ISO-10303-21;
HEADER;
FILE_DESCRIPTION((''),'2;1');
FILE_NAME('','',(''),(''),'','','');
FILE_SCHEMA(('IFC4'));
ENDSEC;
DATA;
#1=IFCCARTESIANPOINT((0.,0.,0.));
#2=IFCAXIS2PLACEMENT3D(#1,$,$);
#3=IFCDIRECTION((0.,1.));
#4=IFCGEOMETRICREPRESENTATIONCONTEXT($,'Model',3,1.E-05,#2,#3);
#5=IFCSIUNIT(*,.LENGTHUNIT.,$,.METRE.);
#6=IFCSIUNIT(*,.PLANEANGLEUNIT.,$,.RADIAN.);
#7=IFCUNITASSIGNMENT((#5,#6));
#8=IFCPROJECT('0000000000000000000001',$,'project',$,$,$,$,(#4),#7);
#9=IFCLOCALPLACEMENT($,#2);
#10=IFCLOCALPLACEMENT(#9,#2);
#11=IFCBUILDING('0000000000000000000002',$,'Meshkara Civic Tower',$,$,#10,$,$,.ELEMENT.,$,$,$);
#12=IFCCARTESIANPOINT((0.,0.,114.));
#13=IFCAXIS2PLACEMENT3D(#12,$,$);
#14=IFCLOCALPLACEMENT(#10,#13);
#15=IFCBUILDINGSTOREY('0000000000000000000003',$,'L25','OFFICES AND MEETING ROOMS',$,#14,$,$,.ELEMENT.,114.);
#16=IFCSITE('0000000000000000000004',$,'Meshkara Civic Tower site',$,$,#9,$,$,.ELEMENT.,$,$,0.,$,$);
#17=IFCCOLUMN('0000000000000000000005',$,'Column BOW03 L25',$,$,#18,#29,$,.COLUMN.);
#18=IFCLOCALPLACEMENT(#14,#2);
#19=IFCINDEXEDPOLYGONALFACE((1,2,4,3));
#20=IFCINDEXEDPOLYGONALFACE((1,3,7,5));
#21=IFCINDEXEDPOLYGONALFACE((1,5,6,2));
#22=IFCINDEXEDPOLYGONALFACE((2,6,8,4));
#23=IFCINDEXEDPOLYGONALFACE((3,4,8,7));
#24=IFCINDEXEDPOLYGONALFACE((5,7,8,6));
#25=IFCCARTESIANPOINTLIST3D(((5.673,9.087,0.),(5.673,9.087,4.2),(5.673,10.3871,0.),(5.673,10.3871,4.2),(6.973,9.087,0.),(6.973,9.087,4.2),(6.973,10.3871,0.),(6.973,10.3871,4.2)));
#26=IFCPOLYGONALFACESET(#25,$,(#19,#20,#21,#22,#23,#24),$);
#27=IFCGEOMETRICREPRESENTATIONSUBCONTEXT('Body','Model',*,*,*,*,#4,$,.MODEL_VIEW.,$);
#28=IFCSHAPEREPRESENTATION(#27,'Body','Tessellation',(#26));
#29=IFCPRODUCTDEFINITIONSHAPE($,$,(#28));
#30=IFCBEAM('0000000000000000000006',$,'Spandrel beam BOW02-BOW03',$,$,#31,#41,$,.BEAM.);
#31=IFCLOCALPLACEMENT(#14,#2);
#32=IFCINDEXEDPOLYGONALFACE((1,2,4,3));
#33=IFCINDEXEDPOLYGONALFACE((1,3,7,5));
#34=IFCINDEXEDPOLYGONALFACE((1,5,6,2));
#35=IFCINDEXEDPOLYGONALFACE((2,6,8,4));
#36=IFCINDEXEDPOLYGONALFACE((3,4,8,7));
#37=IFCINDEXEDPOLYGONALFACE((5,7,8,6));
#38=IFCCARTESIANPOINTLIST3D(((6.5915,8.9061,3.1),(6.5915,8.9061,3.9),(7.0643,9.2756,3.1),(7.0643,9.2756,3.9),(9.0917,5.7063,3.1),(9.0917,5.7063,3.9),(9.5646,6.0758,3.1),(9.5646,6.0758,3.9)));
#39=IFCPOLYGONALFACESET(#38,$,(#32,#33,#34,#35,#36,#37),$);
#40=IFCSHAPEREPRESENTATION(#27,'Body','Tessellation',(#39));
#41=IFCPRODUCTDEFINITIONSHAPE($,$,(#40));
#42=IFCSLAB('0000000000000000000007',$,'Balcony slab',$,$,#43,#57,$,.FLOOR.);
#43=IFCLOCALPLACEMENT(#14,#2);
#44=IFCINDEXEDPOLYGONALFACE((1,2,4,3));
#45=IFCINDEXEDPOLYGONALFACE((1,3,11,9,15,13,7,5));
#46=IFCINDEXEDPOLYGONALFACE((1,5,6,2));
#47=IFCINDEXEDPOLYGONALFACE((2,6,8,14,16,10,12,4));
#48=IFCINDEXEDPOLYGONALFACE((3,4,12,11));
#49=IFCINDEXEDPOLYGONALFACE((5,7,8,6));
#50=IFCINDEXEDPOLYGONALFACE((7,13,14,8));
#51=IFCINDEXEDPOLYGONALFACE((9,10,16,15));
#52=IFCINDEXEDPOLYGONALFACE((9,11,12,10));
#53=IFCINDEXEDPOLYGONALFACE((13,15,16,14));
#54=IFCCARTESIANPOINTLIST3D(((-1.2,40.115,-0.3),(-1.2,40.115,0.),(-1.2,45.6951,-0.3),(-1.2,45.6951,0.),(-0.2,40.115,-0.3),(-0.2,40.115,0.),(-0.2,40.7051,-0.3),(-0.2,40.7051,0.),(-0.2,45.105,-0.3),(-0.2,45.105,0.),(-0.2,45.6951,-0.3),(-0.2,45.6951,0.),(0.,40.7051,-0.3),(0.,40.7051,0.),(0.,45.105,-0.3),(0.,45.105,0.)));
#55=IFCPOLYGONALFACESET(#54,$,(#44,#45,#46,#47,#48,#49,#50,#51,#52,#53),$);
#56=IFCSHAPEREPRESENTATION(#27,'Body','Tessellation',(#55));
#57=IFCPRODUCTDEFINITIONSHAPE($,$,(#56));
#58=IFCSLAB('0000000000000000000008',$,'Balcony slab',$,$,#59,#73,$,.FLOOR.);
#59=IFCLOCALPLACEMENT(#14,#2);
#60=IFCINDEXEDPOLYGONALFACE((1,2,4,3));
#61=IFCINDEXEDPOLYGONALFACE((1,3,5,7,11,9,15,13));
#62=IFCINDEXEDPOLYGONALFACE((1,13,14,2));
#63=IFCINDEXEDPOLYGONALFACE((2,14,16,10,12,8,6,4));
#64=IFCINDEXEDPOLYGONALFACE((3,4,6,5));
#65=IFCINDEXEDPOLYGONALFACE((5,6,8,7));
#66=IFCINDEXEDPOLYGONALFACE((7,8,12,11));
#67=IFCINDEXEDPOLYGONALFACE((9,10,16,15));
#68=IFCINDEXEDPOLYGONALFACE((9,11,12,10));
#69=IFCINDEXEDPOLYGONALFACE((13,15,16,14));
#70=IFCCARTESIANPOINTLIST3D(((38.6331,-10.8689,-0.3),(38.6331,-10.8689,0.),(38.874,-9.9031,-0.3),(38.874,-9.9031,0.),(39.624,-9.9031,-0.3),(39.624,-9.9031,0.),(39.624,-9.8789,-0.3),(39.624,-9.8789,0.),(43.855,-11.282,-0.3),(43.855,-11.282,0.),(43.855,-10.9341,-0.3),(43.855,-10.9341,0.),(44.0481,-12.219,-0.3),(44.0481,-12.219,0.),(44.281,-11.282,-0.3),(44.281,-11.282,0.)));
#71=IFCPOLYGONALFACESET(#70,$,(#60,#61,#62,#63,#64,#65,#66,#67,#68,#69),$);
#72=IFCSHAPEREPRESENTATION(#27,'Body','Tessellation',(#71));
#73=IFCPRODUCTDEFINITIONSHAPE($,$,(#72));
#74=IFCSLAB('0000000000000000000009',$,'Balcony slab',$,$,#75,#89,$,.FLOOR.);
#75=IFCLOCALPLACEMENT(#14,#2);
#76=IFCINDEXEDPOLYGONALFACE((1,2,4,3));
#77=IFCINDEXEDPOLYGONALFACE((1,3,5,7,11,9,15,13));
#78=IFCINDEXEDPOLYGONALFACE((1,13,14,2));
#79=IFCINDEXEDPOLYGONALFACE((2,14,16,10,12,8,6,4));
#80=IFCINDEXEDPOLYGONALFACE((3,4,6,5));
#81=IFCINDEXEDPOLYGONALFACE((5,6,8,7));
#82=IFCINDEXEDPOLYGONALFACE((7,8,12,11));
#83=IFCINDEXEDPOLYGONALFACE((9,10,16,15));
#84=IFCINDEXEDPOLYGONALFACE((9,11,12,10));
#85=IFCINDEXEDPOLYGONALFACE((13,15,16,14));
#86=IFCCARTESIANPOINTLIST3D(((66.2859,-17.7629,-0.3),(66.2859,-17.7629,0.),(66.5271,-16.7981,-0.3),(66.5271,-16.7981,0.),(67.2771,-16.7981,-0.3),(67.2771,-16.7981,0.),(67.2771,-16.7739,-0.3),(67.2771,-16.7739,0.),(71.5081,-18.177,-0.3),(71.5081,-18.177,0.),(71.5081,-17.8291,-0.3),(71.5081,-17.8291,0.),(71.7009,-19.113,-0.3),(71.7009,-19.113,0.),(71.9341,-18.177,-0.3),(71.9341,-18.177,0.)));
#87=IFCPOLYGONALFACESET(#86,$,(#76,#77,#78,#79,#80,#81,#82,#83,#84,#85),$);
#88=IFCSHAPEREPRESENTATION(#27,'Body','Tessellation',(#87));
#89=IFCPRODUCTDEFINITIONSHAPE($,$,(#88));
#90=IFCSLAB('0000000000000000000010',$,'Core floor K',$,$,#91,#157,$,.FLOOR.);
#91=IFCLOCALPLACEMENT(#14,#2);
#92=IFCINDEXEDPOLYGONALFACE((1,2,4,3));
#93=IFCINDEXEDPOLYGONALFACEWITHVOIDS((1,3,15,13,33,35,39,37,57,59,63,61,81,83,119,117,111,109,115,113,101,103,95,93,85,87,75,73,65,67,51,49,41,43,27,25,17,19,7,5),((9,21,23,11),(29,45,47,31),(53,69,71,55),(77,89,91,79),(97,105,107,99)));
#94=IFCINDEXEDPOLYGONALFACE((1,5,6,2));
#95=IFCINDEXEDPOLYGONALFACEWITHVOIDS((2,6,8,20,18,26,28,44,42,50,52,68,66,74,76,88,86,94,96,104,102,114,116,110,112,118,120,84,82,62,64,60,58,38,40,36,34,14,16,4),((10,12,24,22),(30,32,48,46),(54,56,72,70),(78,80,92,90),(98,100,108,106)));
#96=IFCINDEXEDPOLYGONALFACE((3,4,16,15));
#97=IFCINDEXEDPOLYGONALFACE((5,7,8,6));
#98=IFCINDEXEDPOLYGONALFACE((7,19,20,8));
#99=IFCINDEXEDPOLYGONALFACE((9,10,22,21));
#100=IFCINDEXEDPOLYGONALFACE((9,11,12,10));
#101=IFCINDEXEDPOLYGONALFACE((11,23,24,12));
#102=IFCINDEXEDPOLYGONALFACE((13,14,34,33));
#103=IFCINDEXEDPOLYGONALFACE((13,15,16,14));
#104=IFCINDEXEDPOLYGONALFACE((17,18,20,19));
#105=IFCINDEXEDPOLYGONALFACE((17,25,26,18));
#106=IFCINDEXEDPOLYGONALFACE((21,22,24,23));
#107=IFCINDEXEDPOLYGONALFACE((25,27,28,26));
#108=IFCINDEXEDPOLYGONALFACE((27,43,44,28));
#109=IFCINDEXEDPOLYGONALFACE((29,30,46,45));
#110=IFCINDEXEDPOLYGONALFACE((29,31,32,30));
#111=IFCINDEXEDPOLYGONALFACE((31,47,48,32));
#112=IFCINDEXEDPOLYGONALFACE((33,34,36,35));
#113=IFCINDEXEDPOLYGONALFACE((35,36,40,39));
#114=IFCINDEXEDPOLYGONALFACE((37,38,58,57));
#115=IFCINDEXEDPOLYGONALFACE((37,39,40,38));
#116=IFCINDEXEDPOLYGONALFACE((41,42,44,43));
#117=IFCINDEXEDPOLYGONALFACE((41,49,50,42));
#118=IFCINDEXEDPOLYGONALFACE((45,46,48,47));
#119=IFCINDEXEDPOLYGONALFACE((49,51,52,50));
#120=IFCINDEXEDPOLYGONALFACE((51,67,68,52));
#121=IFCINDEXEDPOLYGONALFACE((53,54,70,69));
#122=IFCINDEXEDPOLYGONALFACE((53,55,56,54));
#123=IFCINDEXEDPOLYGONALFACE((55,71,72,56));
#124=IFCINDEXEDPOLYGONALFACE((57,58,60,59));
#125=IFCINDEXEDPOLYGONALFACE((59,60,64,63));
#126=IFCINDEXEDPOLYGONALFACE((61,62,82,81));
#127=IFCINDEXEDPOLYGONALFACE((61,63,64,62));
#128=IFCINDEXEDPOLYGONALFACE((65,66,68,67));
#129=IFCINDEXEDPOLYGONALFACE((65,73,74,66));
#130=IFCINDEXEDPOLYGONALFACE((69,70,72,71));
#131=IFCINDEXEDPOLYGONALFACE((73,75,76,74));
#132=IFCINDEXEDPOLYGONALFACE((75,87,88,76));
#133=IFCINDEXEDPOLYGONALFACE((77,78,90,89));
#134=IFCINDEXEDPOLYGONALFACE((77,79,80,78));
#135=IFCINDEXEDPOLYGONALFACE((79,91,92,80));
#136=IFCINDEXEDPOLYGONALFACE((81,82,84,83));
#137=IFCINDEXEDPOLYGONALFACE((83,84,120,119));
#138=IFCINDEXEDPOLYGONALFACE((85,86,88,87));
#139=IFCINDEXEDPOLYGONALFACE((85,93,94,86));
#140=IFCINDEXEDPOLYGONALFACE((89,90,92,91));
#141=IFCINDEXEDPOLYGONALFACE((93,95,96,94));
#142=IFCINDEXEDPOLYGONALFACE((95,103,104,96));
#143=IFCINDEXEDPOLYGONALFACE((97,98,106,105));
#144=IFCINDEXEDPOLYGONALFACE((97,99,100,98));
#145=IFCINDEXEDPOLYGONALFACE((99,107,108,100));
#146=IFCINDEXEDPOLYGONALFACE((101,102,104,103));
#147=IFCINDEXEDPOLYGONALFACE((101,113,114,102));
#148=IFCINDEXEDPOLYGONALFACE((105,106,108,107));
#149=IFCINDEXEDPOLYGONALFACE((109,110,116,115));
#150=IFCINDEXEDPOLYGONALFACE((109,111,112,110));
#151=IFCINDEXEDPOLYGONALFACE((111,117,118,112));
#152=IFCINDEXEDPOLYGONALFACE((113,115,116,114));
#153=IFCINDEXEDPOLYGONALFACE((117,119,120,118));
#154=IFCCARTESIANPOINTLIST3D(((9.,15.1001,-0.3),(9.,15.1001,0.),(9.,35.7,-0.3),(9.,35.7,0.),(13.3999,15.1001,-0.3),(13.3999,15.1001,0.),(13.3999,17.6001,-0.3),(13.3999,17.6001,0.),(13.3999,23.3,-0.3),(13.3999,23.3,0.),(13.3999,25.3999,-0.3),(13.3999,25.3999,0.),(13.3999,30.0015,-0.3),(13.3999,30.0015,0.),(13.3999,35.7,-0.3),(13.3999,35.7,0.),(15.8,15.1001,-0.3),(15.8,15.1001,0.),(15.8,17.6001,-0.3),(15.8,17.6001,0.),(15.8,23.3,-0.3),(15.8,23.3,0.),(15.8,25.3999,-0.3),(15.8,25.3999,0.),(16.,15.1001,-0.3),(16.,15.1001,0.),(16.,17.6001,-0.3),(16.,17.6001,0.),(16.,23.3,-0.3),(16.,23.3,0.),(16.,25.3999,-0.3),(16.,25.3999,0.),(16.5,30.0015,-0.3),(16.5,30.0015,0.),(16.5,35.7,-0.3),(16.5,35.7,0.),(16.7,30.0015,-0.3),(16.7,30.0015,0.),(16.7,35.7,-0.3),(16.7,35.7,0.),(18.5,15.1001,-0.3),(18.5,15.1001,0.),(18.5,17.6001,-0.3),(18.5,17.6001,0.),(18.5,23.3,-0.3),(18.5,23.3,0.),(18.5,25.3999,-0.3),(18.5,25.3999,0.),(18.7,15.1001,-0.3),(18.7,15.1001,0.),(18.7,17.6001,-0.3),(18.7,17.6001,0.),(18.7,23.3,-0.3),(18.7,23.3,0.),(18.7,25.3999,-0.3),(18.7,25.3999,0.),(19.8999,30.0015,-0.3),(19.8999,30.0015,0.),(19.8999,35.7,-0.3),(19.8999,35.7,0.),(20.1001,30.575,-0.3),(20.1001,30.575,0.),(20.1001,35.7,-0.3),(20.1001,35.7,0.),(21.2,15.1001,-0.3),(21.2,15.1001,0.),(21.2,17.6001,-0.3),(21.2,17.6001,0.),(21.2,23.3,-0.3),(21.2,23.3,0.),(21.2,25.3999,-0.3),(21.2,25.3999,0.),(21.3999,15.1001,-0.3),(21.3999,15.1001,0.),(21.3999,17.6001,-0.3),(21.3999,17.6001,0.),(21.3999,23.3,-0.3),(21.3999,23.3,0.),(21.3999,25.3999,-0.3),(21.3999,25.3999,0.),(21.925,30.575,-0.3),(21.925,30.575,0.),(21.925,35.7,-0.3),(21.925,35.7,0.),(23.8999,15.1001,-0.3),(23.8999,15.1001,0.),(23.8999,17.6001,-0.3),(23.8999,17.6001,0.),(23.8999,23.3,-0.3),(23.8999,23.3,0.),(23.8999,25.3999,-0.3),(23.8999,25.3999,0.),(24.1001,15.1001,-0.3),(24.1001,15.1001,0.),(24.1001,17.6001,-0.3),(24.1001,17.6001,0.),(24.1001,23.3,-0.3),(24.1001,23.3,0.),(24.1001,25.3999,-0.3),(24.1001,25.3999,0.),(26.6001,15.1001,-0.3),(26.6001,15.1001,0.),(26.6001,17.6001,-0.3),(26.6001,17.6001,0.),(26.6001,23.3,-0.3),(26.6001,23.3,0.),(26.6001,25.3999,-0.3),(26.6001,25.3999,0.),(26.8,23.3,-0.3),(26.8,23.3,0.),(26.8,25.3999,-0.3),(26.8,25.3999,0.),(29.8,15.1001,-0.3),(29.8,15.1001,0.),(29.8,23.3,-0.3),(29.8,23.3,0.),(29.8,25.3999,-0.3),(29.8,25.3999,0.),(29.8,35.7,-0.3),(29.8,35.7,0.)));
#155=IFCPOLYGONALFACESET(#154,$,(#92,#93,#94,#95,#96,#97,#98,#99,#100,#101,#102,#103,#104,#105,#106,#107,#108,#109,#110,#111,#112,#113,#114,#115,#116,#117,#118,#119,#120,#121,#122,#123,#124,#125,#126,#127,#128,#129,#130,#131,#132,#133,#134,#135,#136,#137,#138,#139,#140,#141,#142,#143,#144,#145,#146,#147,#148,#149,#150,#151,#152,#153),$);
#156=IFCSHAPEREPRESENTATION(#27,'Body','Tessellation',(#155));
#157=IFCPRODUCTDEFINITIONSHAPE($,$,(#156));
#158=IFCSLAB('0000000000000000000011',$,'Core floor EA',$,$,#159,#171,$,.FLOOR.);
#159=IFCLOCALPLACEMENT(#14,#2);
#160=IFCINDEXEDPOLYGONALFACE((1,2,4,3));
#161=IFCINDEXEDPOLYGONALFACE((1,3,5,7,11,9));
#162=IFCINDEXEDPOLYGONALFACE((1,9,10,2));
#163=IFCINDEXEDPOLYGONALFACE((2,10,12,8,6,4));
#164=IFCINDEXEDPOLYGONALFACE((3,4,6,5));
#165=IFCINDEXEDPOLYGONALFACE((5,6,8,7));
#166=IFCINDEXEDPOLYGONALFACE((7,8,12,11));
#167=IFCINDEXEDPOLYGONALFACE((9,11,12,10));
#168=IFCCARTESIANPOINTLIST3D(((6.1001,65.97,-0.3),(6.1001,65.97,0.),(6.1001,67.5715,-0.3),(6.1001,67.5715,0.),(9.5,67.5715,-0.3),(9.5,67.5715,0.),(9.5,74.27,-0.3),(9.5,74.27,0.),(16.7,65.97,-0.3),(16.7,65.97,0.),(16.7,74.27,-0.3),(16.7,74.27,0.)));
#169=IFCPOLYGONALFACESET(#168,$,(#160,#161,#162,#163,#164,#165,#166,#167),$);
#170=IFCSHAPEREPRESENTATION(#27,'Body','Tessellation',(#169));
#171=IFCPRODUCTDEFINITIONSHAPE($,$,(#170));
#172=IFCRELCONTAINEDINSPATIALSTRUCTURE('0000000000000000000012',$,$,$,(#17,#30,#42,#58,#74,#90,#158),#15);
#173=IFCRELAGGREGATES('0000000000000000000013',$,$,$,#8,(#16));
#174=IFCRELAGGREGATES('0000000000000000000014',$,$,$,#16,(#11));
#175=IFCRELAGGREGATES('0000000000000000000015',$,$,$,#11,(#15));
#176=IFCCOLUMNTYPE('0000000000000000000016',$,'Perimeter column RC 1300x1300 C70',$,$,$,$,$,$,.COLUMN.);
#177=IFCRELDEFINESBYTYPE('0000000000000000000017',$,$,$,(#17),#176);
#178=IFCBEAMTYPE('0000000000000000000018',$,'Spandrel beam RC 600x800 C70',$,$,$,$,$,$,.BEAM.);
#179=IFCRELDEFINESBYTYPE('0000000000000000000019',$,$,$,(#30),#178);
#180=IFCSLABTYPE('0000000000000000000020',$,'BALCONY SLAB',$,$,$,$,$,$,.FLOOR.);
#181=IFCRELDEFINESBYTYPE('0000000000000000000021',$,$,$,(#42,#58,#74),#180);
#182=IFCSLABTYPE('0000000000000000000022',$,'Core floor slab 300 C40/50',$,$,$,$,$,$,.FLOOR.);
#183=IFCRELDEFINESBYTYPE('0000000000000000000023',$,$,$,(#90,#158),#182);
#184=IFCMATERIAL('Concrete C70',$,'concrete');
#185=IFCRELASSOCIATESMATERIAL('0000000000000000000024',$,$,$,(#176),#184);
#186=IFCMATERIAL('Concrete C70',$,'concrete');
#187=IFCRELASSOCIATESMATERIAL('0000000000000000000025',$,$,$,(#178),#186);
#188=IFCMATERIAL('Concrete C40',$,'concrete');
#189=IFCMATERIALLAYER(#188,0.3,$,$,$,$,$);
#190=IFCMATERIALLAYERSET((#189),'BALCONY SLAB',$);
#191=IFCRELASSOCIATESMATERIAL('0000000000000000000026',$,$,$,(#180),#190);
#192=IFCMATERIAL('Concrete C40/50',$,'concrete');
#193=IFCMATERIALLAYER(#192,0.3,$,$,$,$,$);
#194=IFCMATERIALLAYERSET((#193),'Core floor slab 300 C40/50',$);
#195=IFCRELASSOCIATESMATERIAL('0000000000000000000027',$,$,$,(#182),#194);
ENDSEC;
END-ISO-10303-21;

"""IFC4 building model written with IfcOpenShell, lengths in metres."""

from ifc_helpers import new_model, si_unit, direction, frame, origin, origin_2d, place, context, subcontext, project, spatial, polyline, rectangle, outline, extrude, material, layer, layer_set, material_profile, profile_set, type_object, element, save


model = new_model("IFC4")

# Units and contexts
model_context = context("Model", 3, precision=1e-05, world=origin(), true_north=direction((0.0, 1.0)))
body_context = subcontext(model_context, "Body", "Model", "MODEL_VIEW")
ifc_project = project(units=[si_unit("LENGTHUNIT", "METRE"), si_unit("PLANEANGLEUNIT", "RADIAN")], contexts=[model_context])

# Site, building, storey
site_placement = place(None, origin())
site = spatial("IfcSite", under=ifc_project, at=site_placement, Name="Meshkara Civic Tower site", CompositionType="ELEMENT", RefElevation=0.0)
building_placement = place(site_placement, origin())
building = spatial("IfcBuilding", under=site, at=building_placement, Name="Meshkara Civic Tower", CompositionType="ELEMENT")
storey_placement = place(building_placement, frame((0.0, 0.0, 114.0)))
storey = spatial("IfcBuildingStorey", under=building, at=storey_placement, Name="L25", Description="OFFICES AND MEETING ROOMS", CompositionType="ELEMENT", Elevation=114.0)

# Column
ifc_material_1 = material(Name="Concrete C70", Category="concrete")
ifc_material_profile_1 = material_profile(ifc_material_1, rectangle(XDim=1.3, YDim=1.3, at=origin_2d()))
ifc_profile_set_1 = profile_set([ifc_material_profile_1], Name="Concrete C70")
column_type = type_object("IfcColumnType", Name="Perimeter column RC 1300x1300 C70", PredefinedType="COLUMN", material=ifc_profile_set_1)
column_placement = place(storey_placement, frame((6.323, 9.7371, 0.0), z_axis=(0.0, 0.0, 1.0), x_axis=(1.0, 0.0, 0.0)))
element("IfcColumn", 1, at=column_placement, inside=storey, type_object=column_type, Name="Column BOW03 L25", PredefinedType="COLUMN", context=body_context, shape_type="SweptSolid", body=[
    extrude(rectangle(XDim=1.3, YDim=1.3, at=origin_2d()), origin(), (0.0, 0.0, 1.0), 4.2),
])

# Beam
ifc_material_2 = material(Name="Concrete C70", Category="concrete")
ifc_material_profile_2 = material_profile(ifc_material_2, rectangle(XDim=0.6001, YDim=0.8, at=origin_2d()))
ifc_profile_set_2 = profile_set([ifc_material_profile_2], Name="Concrete C70")
beam_type = type_object("IfcBeamType", Name="Spandrel beam RC 600x800 C70", PredefinedType="BEAM", material=ifc_profile_set_2)
beam_placement = place(storey_placement, frame((6.8279, 9.0908, 3.5), z_axis=(0.615716, -0.787968, 0.0), x_axis=(0.787968, 0.615716, 0.0)))
element("IfcBeam", 2, at=beam_placement, inside=storey, type_object=beam_type, Name="Spandrel beam BOW02-BOW03", PredefinedType="BEAM", context=body_context, shape_type="SweptSolid", body=[
    extrude(rectangle(XDim=0.6001, YDim=0.8, at=origin_2d()), origin(), (0.0, 0.0, 1.0), 4.0608),
])

# Slabs
ifc_material_3 = material(Name="Concrete C40", Category="concrete")
ifc_layer_1 = layer(ifc_material_3, 0.3)
ifc_layer_set_1 = layer_set([ifc_layer_1], Name="BALCONY SLAB")
slab_type_1 = type_object("IfcSlabType", Name="BALCONY SLAB", PredefinedType="FLOOR", material=ifc_layer_set_1)
slab_1_placement = place(storey_placement, frame((0.0, 0.0, -0.3)))
element("IfcSlab", 3, at=slab_1_placement, inside=storey, type_object=slab_type_1, Name="Balcony slab", PredefinedType="FLOOR", context=body_context, shape_type="SweptSolid", body=[
    extrude(outline(polyline([(-1.2, 40.115), (-1.2, 45.6951), (-0.2, 45.6951), (-0.2, 45.105), (0.0, 45.105), (0.0, 40.7051), (-0.2, 40.7051), (-0.2, 40.115), (-1.2, 40.115)])), origin(), (0.0, 0.0, 1.0), 0.3),
])
slab_2_placement = place(storey_placement, frame((0.0, 0.0, -0.3)))
element("IfcSlab", 4, at=slab_2_placement, inside=storey, type_object=slab_type_1, Name="Balcony slab", PredefinedType="FLOOR", context=body_context, shape_type="SweptSolid", body=[
    extrude(outline(polyline([(44.0481, -12.219), (38.6331, -10.8689), (38.874, -9.9031), (39.624, -9.9031), (39.624, -9.8789), (43.855, -10.9341), (43.855, -11.282), (44.281, -11.282), (44.0481, -12.219)])), origin(), (0.0, 0.0, 1.0), 0.3),
])
slab_3_placement = place(storey_placement, frame((0.0, 0.0, -0.3)))
element("IfcSlab", 5, at=slab_3_placement, inside=storey, type_object=slab_type_1, Name="Balcony slab", PredefinedType="FLOOR", context=body_context, shape_type="SweptSolid", body=[
    extrude(outline(polyline([(71.7009, -19.113), (66.2859, -17.7629), (66.5271, -16.7981), (67.2771, -16.7981), (67.2771, -16.7739), (71.5081, -17.8291), (71.5081, -18.177), (71.9341, -18.177), (71.7009, -19.113)])), origin(), (0.0, 0.0, 1.0), 0.3),
])
ifc_material_4 = material(Name="Concrete C40/50", Category="concrete")
ifc_layer_2 = layer(ifc_material_4, 0.3)
ifc_layer_set_2 = layer_set([ifc_layer_2], Name="Core floor slab 300 C40/50")
slab_type_2 = type_object("IfcSlabType", Name="Core floor slab 300 C40/50", PredefinedType="FLOOR", material=ifc_layer_set_2)
slab_4_placement = place(storey_placement, frame((0.0, 0.0, -0.3)))
element("IfcSlab", 6, at=slab_4_placement, inside=storey, type_object=slab_type_2, Name="Core floor K", PredefinedType="FLOOR", context=body_context, shape_type="SweptSolid", body=[
    extrude(outline(polyline([(9.0, 35.7), (13.3999, 35.7), (13.3999, 30.0015), (16.5, 30.0015), (16.5, 35.7), (16.7, 35.7), (16.7, 30.0015), (19.8999, 30.0015), (19.8999, 35.7), (20.1001, 35.7), (20.1001, 30.575), (21.925, 30.575), (21.925, 35.7), (29.8, 35.7), (29.8, 25.3999), (26.8, 25.3999), (26.8, 23.3), (29.8, 23.3), (29.8, 15.1001), (26.6001, 15.1001), (26.6001, 17.6001), (24.1001, 17.6001), (24.1001, 15.1001), (23.8999, 15.1001), (23.8999, 17.6001), (21.3999, 17.6001), (21.3999, 15.1001), (21.2, 15.1001), (21.2, 17.6001), (18.7, 17.6001), (18.7, 15.1001), (18.5, 15.1001), (18.5, 17.6001), (16.0, 17.6001), (16.0, 15.1001), (15.8, 15.1001), (15.8, 17.6001), (13.3999, 17.6001), (13.3999, 15.1001), (9.0, 15.1001), (9.0, 35.7)]), holes=[polyline([(13.3999, 25.3999), (13.3999, 23.3), (15.8, 23.3), (15.8, 25.3999), (13.3999, 25.3999)]), polyline([(18.5, 23.3), (18.5, 25.3999), (16.0, 25.3999), (16.0, 23.3), (18.5, 23.3)]), polyline([(18.7, 25.3999), (18.7, 23.3), (21.2, 23.3), (21.2, 25.3999), (18.7, 25.3999)]), polyline([(21.3999, 23.3), (23.8999, 23.3), (23.8999, 25.3999), (21.3999, 25.3999), (21.3999, 23.3)]), polyline([(26.6001, 25.3999), (24.1001, 25.3999), (24.1001, 23.3), (26.6001, 23.3), (26.6001, 25.3999)])]), origin(), (0.0, 0.0, 1.0), 0.3),
])
slab_5_placement = place(storey_placement, frame((0.0, 0.0, -0.3)))
element("IfcSlab", 7, at=slab_5_placement, inside=storey, type_object=slab_type_2, Name="Core floor EA", PredefinedType="FLOOR", context=body_context, shape_type="SweptSolid", body=[
    extrude(outline(polyline([(16.7, 65.97), (16.7, 74.27), (9.5, 74.27), (9.5, 67.5715), (6.1001, 67.5715), (6.1001, 65.97), (16.7, 65.97)])), origin(), (0.0, 0.0, 1.0), 0.3),
])

save(model, "model.ifc")
